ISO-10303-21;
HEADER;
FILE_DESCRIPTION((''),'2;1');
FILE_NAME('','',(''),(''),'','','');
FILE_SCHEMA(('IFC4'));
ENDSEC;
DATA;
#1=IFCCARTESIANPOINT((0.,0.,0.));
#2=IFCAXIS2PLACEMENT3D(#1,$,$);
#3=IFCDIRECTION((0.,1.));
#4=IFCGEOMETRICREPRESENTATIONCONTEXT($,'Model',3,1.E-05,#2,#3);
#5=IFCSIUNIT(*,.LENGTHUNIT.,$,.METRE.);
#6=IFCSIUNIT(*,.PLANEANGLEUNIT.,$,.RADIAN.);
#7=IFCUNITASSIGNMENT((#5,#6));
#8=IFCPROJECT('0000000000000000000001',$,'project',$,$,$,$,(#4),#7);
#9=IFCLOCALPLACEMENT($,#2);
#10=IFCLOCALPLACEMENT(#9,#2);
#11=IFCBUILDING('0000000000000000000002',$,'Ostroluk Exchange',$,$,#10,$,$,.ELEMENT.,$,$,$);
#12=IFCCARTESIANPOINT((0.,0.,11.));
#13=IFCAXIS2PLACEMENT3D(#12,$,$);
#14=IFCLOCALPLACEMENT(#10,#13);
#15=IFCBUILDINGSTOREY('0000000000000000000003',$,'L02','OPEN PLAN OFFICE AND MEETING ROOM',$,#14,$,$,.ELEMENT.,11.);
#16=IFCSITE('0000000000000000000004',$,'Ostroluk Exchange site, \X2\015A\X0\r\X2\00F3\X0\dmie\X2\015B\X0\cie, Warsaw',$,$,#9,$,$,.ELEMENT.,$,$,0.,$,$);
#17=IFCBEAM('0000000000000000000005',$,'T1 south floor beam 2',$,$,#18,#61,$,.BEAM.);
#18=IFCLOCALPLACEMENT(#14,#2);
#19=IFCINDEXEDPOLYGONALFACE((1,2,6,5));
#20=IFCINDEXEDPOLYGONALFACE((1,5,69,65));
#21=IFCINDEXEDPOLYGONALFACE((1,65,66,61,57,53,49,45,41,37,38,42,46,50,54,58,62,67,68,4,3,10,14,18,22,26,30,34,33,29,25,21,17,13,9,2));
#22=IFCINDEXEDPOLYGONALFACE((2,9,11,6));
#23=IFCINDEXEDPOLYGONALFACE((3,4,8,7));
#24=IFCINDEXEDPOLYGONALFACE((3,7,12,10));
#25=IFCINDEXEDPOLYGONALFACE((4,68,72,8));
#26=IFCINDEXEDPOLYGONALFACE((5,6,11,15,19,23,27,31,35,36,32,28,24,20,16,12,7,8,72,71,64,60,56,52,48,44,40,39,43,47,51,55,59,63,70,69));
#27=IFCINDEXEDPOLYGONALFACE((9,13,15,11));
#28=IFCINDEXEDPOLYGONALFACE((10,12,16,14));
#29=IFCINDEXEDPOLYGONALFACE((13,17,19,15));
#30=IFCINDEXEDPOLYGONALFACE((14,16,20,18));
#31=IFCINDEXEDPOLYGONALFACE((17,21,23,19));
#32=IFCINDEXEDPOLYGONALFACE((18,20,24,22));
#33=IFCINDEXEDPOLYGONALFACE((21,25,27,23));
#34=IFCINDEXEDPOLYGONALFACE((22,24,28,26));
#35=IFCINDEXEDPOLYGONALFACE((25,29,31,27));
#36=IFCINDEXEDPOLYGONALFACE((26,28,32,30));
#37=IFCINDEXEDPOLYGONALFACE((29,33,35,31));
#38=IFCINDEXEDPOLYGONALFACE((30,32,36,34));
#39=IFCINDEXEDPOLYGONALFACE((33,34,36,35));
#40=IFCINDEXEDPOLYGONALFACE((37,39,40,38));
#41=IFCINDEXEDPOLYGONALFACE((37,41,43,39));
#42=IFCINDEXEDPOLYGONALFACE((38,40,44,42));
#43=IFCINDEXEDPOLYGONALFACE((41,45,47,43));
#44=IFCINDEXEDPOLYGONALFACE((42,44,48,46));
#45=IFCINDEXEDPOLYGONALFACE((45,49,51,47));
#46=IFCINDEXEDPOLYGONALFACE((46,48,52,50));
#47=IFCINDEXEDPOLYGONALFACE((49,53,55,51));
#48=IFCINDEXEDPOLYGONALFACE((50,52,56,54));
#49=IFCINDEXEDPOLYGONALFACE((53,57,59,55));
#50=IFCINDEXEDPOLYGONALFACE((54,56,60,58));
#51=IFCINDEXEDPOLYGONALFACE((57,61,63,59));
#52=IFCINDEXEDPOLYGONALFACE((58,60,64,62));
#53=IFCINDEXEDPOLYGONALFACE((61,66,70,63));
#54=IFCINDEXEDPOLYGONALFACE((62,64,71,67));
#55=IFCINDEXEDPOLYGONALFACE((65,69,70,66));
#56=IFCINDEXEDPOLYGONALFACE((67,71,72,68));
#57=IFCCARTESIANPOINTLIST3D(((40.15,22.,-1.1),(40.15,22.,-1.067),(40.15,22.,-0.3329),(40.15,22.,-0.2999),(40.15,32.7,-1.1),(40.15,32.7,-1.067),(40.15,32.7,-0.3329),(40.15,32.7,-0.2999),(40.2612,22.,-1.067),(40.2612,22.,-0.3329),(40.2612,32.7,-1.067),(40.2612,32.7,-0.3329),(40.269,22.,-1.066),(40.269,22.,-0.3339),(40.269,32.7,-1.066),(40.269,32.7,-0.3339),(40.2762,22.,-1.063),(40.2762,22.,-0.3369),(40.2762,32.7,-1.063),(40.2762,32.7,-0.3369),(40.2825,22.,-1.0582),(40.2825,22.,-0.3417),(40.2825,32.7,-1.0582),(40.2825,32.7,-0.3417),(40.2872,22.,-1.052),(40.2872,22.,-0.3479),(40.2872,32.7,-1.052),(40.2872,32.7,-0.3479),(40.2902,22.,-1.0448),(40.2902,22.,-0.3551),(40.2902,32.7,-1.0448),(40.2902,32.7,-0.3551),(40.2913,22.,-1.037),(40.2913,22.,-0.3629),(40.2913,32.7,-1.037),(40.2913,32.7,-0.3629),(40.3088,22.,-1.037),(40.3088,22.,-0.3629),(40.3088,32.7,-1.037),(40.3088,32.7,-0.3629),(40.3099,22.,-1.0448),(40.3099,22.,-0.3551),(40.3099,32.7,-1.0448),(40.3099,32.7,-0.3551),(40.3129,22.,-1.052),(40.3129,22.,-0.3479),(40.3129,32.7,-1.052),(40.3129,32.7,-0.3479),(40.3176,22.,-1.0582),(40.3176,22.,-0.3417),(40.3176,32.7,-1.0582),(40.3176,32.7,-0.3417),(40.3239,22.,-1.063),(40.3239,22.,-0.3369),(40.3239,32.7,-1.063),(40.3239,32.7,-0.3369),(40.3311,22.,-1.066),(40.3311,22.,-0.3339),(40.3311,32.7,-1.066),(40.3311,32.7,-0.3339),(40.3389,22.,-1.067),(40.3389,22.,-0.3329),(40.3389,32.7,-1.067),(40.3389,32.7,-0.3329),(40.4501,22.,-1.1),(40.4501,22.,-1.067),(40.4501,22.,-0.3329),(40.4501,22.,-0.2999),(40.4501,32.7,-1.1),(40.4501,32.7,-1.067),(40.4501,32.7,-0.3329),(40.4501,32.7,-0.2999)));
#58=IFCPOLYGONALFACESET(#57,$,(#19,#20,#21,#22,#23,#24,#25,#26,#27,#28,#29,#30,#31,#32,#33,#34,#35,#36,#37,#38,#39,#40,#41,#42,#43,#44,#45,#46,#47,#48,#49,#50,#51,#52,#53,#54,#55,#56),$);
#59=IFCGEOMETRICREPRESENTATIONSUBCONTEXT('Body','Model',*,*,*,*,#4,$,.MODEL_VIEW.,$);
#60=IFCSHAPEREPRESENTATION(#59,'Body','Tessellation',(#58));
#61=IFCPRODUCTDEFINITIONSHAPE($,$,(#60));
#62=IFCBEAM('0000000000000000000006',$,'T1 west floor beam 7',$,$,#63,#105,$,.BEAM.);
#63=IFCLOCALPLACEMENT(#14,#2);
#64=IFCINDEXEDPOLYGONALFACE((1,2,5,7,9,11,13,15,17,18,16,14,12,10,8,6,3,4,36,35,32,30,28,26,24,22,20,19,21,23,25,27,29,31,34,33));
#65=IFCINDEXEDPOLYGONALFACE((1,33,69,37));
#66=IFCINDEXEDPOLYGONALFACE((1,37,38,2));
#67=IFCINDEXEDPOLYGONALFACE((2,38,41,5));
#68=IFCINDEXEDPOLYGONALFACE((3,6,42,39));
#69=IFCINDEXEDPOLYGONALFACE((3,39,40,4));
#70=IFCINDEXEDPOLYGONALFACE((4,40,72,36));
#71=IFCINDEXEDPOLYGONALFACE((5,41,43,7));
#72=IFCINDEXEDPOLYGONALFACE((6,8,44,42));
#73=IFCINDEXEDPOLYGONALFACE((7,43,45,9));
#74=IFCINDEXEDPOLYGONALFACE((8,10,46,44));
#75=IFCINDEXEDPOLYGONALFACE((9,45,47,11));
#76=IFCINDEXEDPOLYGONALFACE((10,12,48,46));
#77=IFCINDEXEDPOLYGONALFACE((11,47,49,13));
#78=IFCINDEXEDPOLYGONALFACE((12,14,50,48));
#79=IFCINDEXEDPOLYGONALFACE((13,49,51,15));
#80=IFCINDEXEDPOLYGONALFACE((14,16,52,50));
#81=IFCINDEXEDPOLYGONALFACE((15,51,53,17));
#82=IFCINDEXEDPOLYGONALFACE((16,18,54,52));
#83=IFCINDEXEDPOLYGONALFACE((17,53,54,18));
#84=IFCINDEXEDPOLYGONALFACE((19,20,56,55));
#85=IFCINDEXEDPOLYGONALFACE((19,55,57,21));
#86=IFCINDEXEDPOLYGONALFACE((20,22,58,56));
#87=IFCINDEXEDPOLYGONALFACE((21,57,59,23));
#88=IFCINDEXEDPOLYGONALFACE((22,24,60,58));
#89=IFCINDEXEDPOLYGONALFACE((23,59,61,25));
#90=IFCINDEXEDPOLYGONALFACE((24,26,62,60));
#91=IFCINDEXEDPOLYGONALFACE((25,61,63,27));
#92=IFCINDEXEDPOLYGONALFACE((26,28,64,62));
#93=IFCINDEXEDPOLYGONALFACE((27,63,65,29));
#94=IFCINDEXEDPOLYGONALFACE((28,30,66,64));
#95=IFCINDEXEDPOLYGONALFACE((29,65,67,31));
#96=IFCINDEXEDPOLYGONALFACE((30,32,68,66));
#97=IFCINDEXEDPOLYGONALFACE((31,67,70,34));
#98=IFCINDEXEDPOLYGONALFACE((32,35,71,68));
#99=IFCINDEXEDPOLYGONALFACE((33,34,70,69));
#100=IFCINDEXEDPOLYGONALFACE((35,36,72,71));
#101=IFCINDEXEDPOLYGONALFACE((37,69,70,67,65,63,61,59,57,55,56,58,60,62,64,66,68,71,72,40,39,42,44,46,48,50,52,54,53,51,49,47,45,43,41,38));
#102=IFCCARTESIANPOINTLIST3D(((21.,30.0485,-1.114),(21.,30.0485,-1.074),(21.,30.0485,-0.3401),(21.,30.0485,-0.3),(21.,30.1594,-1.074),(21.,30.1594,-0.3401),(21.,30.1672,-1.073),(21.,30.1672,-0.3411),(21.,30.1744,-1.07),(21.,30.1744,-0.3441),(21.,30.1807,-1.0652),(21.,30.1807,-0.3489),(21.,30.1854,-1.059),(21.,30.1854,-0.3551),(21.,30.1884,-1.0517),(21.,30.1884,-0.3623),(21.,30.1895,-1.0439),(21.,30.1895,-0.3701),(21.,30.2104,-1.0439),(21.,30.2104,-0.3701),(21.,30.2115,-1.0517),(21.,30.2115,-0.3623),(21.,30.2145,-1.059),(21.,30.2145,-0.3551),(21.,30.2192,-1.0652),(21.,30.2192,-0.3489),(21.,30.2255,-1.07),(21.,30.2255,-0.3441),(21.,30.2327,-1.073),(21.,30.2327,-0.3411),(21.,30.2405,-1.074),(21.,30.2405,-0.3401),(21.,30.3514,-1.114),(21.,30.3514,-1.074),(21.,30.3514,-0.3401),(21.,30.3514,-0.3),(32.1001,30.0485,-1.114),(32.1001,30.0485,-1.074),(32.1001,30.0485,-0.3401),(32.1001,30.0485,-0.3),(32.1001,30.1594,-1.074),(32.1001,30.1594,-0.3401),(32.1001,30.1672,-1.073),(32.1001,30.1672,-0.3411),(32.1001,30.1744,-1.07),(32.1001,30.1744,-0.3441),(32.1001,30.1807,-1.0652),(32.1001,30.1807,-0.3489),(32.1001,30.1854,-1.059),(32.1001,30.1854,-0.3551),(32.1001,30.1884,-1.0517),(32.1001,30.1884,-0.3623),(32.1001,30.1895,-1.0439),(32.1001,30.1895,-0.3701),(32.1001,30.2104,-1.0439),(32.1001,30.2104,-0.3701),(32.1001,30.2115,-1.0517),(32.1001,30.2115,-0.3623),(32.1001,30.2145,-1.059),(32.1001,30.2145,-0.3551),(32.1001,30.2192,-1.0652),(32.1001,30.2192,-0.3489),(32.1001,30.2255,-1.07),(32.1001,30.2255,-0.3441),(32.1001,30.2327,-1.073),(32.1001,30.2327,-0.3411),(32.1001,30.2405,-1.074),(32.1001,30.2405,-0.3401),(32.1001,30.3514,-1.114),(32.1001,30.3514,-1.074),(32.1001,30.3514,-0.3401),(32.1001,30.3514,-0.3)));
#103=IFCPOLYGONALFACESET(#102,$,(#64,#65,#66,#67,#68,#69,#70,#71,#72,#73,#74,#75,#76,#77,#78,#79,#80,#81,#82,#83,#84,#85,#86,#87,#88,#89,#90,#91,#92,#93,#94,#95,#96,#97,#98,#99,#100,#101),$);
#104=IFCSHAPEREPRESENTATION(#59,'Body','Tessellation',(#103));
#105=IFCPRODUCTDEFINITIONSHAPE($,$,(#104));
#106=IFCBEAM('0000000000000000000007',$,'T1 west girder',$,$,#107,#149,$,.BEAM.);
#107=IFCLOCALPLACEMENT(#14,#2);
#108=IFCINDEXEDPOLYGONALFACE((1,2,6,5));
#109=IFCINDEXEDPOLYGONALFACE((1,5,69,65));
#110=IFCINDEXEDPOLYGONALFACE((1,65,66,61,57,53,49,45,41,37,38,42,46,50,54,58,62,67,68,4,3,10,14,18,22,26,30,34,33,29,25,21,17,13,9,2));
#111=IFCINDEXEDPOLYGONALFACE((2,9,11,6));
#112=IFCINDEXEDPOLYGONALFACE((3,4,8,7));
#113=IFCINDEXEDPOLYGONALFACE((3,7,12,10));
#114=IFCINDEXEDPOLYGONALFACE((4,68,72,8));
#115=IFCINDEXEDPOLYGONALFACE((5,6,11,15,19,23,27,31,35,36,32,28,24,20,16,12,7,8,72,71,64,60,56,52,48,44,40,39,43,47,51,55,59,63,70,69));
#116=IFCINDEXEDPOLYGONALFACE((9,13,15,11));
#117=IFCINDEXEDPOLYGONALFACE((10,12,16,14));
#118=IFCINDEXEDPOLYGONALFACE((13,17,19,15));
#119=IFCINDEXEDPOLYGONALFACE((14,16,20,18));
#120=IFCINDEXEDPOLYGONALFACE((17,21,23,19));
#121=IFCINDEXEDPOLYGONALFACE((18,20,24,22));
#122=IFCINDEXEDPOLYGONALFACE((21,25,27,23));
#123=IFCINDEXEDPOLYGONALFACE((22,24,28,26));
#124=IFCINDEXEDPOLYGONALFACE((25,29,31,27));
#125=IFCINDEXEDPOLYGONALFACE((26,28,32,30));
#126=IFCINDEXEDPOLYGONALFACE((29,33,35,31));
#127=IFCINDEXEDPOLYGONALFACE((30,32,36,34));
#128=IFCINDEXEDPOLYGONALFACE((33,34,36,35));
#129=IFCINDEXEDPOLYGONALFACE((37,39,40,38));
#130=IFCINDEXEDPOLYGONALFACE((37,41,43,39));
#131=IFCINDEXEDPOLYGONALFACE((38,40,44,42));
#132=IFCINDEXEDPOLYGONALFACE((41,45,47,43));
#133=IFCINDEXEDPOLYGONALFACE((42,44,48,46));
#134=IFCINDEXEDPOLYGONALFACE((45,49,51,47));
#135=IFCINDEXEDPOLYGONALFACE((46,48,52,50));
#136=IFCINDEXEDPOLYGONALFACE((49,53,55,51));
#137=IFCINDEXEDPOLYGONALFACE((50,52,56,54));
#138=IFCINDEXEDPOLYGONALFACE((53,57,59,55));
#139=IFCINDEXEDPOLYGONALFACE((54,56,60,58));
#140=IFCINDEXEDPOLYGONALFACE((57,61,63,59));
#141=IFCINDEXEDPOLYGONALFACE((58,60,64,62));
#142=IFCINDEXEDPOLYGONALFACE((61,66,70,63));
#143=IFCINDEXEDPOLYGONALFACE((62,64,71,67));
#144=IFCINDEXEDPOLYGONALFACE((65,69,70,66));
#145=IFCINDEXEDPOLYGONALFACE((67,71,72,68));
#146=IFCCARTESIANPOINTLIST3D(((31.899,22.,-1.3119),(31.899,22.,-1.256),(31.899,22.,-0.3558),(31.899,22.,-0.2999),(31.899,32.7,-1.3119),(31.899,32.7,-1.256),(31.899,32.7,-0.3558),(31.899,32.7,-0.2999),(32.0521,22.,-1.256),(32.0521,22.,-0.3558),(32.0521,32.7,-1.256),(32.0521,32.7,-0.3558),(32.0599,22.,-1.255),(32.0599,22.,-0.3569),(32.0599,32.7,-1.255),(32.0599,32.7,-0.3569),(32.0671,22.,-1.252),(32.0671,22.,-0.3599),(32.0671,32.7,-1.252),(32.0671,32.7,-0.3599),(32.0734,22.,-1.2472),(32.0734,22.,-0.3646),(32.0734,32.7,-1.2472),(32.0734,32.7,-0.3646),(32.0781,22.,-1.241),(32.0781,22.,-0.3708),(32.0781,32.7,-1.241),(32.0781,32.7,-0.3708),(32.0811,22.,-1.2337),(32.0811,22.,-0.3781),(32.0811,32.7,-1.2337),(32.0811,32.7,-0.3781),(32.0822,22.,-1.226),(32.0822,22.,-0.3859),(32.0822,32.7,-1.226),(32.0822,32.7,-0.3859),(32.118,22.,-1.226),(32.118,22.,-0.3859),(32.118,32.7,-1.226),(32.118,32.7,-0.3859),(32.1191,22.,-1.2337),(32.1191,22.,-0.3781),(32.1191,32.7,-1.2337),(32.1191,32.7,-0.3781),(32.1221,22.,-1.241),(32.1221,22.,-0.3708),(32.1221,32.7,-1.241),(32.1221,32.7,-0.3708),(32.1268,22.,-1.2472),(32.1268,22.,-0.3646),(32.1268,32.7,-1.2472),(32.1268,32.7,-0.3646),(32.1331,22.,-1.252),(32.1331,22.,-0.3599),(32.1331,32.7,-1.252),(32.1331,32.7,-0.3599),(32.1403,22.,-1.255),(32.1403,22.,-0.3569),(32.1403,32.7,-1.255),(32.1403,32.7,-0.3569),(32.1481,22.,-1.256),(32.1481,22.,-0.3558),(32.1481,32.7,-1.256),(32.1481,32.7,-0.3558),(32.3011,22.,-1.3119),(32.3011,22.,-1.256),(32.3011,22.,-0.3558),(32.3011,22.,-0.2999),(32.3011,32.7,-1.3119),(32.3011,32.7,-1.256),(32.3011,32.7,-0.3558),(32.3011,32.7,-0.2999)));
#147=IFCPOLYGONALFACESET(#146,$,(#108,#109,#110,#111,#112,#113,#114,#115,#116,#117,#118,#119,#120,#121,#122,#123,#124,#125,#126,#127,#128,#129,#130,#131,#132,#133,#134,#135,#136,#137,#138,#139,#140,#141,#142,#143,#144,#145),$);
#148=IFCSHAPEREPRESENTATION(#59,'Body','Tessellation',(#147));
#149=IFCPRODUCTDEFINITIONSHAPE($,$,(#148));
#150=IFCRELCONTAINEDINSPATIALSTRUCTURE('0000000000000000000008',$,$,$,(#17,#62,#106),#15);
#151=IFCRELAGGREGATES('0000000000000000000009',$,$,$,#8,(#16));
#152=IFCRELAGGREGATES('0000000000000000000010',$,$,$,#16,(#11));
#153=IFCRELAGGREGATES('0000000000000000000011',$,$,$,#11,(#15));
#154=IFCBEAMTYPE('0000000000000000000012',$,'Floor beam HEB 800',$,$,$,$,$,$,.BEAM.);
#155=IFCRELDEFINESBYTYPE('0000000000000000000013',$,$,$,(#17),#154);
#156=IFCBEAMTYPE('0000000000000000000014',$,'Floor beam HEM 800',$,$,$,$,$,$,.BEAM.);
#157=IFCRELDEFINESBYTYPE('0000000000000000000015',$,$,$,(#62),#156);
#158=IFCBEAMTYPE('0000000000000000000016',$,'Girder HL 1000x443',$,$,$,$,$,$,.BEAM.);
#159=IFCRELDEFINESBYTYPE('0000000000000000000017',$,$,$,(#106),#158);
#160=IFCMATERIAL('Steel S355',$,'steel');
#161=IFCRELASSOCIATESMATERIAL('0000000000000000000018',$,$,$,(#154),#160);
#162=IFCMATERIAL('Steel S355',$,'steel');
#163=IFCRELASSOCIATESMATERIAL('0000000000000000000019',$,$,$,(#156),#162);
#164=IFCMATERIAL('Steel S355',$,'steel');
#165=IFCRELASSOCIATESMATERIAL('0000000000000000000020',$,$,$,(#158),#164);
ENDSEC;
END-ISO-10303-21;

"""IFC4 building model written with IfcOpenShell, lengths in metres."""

from ifc_helpers import new_model, si_unit, direction, frame, origin, origin_2d, place, context, subcontext, project, spatial, i_section, extrude, material, material_profile, profile_set, type_object, element, save


model = new_model("IFC4")

# Units and contexts
model_context = context("Model", 3, precision=1e-05, world=origin(), true_north=direction((0.0, 1.0)))
body_context = subcontext(model_context, "Body", "Model", "MODEL_VIEW")
ifc_project = project(units=[si_unit("LENGTHUNIT", "METRE"), si_unit("PLANEANGLEUNIT", "RADIAN")], contexts=[model_context])

# Site, building, storey
site_placement = place(None, origin())
site = spatial("IfcSite", under=ifc_project, at=site_placement, Name="Ostroluk Exchange site, Śródmieście, Warsaw", CompositionType="ELEMENT", RefElevation=0.0)
building_placement = place(site_placement, origin())
building = spatial("IfcBuilding", under=site, at=building_placement, Name="Ostroluk Exchange", CompositionType="ELEMENT")
storey_placement = place(building_placement, frame((0.0, 0.0, 11.0)))
storey = spatial("IfcBuildingStorey", under=building, at=storey_placement, Name="L02", Description="OPEN PLAN OFFICE AND MEETING ROOM", CompositionType="ELEMENT", Elevation=11.0)

# Beams
ifc_material_1 = material(Name="Steel S355", Category="steel")
ifc_material_profile_1 = material_profile(ifc_material_1, i_section(OverallWidth=0.3, OverallDepth=0.8, WebThickness=0.0176, FlangeThickness=0.033, FilletRadius=0.03, at=origin_2d()), Name="HEB 800")
ifc_profile_set_1 = profile_set([ifc_material_profile_1], Name="Steel S355")
beam_type_1 = type_object("IfcBeamType", Name="Floor beam HEB 800", PredefinedType="BEAM", material=ifc_profile_set_1)
for number, where, z_axis, x_axis, name in (
    (1, (40.3, 32.7, -0.7), (0.0, -1.0, 0.0), (1.0, 0.0, 0.0), "T1 south floor beam 2"),
):
    element("IfcBeam", number, at=place(storey_placement, frame(where, z_axis=z_axis, x_axis=x_axis)), inside=storey, type_object=beam_type_1, Name=name, PredefinedType="BEAM", context=body_context, shape_type="SweptSolid", body=[
        extrude(i_section(OverallWidth=0.3, OverallDepth=0.8, WebThickness=0.0176, FlangeThickness=0.033, FilletRadius=0.03, at=origin_2d()), origin(), (0.0, 0.0, 1.0), 10.7),
    ])
ifc_material_2 = material(Name="Steel S355", Category="steel")
ifc_material_profile_2 = material_profile(ifc_material_2, i_section(OverallWidth=0.303, OverallDepth=0.814, WebThickness=0.021, FlangeThickness=0.04, FilletRadius=0.03, at=origin_2d()), Name="HEM 800")
ifc_profile_set_2 = profile_set([ifc_material_profile_2], Name="Steel S355")
beam_type_2 = type_object("IfcBeamType", Name="Floor beam HEM 800", PredefinedType="BEAM", material=ifc_profile_set_2)
beam_1_placement = place(storey_placement, frame((32.1001, 30.2, -0.707), z_axis=(-1.0, 0.0, 0.0), x_axis=(0.0, -1.0, 0.0)))
element("IfcBeam", 2, at=beam_1_placement, inside=storey, type_object=beam_type_2, Name="T1 west floor beam 7", PredefinedType="BEAM", context=body_context, shape_type="SweptSolid", body=[
    extrude(i_section(OverallWidth=0.303, OverallDepth=0.814, WebThickness=0.021, FlangeThickness=0.04, FilletRadius=0.03, at=origin_2d()), origin(), (0.0, 0.0, 1.0), 11.1001),
])
ifc_material_3 = material(Name="Steel S355", Category="steel")
ifc_material_profile_3 = material_profile(ifc_material_3, i_section(OverallWidth=0.4021, OverallDepth=1.012, WebThickness=0.0359, FlangeThickness=0.0559, FilletRadius=0.03, at=origin_2d()), Name="HL 1000x443")
ifc_profile_set_3 = profile_set([ifc_material_profile_3], Name="Steel S355")
beam_type_3 = type_object("IfcBeamType", Name="Girder HL 1000x443", PredefinedType="BEAM", material=ifc_profile_set_3)
beam_2_placement = place(storey_placement, frame((32.1001, 32.7, -0.8059), z_axis=(0.0, -1.0, 0.0), x_axis=(1.0, 0.0, 0.0)))
element("IfcBeam", 3, at=beam_2_placement, inside=storey, type_object=beam_type_3, Name="T1 west girder", PredefinedType="BEAM", context=body_context, shape_type="SweptSolid", body=[
    extrude(i_section(OverallWidth=0.4021, OverallDepth=1.012, WebThickness=0.0359, FlangeThickness=0.0559, FilletRadius=0.03, at=origin_2d()), origin(), (0.0, 0.0, 1.0), 10.7),
])

save(model, "model.ifc")
